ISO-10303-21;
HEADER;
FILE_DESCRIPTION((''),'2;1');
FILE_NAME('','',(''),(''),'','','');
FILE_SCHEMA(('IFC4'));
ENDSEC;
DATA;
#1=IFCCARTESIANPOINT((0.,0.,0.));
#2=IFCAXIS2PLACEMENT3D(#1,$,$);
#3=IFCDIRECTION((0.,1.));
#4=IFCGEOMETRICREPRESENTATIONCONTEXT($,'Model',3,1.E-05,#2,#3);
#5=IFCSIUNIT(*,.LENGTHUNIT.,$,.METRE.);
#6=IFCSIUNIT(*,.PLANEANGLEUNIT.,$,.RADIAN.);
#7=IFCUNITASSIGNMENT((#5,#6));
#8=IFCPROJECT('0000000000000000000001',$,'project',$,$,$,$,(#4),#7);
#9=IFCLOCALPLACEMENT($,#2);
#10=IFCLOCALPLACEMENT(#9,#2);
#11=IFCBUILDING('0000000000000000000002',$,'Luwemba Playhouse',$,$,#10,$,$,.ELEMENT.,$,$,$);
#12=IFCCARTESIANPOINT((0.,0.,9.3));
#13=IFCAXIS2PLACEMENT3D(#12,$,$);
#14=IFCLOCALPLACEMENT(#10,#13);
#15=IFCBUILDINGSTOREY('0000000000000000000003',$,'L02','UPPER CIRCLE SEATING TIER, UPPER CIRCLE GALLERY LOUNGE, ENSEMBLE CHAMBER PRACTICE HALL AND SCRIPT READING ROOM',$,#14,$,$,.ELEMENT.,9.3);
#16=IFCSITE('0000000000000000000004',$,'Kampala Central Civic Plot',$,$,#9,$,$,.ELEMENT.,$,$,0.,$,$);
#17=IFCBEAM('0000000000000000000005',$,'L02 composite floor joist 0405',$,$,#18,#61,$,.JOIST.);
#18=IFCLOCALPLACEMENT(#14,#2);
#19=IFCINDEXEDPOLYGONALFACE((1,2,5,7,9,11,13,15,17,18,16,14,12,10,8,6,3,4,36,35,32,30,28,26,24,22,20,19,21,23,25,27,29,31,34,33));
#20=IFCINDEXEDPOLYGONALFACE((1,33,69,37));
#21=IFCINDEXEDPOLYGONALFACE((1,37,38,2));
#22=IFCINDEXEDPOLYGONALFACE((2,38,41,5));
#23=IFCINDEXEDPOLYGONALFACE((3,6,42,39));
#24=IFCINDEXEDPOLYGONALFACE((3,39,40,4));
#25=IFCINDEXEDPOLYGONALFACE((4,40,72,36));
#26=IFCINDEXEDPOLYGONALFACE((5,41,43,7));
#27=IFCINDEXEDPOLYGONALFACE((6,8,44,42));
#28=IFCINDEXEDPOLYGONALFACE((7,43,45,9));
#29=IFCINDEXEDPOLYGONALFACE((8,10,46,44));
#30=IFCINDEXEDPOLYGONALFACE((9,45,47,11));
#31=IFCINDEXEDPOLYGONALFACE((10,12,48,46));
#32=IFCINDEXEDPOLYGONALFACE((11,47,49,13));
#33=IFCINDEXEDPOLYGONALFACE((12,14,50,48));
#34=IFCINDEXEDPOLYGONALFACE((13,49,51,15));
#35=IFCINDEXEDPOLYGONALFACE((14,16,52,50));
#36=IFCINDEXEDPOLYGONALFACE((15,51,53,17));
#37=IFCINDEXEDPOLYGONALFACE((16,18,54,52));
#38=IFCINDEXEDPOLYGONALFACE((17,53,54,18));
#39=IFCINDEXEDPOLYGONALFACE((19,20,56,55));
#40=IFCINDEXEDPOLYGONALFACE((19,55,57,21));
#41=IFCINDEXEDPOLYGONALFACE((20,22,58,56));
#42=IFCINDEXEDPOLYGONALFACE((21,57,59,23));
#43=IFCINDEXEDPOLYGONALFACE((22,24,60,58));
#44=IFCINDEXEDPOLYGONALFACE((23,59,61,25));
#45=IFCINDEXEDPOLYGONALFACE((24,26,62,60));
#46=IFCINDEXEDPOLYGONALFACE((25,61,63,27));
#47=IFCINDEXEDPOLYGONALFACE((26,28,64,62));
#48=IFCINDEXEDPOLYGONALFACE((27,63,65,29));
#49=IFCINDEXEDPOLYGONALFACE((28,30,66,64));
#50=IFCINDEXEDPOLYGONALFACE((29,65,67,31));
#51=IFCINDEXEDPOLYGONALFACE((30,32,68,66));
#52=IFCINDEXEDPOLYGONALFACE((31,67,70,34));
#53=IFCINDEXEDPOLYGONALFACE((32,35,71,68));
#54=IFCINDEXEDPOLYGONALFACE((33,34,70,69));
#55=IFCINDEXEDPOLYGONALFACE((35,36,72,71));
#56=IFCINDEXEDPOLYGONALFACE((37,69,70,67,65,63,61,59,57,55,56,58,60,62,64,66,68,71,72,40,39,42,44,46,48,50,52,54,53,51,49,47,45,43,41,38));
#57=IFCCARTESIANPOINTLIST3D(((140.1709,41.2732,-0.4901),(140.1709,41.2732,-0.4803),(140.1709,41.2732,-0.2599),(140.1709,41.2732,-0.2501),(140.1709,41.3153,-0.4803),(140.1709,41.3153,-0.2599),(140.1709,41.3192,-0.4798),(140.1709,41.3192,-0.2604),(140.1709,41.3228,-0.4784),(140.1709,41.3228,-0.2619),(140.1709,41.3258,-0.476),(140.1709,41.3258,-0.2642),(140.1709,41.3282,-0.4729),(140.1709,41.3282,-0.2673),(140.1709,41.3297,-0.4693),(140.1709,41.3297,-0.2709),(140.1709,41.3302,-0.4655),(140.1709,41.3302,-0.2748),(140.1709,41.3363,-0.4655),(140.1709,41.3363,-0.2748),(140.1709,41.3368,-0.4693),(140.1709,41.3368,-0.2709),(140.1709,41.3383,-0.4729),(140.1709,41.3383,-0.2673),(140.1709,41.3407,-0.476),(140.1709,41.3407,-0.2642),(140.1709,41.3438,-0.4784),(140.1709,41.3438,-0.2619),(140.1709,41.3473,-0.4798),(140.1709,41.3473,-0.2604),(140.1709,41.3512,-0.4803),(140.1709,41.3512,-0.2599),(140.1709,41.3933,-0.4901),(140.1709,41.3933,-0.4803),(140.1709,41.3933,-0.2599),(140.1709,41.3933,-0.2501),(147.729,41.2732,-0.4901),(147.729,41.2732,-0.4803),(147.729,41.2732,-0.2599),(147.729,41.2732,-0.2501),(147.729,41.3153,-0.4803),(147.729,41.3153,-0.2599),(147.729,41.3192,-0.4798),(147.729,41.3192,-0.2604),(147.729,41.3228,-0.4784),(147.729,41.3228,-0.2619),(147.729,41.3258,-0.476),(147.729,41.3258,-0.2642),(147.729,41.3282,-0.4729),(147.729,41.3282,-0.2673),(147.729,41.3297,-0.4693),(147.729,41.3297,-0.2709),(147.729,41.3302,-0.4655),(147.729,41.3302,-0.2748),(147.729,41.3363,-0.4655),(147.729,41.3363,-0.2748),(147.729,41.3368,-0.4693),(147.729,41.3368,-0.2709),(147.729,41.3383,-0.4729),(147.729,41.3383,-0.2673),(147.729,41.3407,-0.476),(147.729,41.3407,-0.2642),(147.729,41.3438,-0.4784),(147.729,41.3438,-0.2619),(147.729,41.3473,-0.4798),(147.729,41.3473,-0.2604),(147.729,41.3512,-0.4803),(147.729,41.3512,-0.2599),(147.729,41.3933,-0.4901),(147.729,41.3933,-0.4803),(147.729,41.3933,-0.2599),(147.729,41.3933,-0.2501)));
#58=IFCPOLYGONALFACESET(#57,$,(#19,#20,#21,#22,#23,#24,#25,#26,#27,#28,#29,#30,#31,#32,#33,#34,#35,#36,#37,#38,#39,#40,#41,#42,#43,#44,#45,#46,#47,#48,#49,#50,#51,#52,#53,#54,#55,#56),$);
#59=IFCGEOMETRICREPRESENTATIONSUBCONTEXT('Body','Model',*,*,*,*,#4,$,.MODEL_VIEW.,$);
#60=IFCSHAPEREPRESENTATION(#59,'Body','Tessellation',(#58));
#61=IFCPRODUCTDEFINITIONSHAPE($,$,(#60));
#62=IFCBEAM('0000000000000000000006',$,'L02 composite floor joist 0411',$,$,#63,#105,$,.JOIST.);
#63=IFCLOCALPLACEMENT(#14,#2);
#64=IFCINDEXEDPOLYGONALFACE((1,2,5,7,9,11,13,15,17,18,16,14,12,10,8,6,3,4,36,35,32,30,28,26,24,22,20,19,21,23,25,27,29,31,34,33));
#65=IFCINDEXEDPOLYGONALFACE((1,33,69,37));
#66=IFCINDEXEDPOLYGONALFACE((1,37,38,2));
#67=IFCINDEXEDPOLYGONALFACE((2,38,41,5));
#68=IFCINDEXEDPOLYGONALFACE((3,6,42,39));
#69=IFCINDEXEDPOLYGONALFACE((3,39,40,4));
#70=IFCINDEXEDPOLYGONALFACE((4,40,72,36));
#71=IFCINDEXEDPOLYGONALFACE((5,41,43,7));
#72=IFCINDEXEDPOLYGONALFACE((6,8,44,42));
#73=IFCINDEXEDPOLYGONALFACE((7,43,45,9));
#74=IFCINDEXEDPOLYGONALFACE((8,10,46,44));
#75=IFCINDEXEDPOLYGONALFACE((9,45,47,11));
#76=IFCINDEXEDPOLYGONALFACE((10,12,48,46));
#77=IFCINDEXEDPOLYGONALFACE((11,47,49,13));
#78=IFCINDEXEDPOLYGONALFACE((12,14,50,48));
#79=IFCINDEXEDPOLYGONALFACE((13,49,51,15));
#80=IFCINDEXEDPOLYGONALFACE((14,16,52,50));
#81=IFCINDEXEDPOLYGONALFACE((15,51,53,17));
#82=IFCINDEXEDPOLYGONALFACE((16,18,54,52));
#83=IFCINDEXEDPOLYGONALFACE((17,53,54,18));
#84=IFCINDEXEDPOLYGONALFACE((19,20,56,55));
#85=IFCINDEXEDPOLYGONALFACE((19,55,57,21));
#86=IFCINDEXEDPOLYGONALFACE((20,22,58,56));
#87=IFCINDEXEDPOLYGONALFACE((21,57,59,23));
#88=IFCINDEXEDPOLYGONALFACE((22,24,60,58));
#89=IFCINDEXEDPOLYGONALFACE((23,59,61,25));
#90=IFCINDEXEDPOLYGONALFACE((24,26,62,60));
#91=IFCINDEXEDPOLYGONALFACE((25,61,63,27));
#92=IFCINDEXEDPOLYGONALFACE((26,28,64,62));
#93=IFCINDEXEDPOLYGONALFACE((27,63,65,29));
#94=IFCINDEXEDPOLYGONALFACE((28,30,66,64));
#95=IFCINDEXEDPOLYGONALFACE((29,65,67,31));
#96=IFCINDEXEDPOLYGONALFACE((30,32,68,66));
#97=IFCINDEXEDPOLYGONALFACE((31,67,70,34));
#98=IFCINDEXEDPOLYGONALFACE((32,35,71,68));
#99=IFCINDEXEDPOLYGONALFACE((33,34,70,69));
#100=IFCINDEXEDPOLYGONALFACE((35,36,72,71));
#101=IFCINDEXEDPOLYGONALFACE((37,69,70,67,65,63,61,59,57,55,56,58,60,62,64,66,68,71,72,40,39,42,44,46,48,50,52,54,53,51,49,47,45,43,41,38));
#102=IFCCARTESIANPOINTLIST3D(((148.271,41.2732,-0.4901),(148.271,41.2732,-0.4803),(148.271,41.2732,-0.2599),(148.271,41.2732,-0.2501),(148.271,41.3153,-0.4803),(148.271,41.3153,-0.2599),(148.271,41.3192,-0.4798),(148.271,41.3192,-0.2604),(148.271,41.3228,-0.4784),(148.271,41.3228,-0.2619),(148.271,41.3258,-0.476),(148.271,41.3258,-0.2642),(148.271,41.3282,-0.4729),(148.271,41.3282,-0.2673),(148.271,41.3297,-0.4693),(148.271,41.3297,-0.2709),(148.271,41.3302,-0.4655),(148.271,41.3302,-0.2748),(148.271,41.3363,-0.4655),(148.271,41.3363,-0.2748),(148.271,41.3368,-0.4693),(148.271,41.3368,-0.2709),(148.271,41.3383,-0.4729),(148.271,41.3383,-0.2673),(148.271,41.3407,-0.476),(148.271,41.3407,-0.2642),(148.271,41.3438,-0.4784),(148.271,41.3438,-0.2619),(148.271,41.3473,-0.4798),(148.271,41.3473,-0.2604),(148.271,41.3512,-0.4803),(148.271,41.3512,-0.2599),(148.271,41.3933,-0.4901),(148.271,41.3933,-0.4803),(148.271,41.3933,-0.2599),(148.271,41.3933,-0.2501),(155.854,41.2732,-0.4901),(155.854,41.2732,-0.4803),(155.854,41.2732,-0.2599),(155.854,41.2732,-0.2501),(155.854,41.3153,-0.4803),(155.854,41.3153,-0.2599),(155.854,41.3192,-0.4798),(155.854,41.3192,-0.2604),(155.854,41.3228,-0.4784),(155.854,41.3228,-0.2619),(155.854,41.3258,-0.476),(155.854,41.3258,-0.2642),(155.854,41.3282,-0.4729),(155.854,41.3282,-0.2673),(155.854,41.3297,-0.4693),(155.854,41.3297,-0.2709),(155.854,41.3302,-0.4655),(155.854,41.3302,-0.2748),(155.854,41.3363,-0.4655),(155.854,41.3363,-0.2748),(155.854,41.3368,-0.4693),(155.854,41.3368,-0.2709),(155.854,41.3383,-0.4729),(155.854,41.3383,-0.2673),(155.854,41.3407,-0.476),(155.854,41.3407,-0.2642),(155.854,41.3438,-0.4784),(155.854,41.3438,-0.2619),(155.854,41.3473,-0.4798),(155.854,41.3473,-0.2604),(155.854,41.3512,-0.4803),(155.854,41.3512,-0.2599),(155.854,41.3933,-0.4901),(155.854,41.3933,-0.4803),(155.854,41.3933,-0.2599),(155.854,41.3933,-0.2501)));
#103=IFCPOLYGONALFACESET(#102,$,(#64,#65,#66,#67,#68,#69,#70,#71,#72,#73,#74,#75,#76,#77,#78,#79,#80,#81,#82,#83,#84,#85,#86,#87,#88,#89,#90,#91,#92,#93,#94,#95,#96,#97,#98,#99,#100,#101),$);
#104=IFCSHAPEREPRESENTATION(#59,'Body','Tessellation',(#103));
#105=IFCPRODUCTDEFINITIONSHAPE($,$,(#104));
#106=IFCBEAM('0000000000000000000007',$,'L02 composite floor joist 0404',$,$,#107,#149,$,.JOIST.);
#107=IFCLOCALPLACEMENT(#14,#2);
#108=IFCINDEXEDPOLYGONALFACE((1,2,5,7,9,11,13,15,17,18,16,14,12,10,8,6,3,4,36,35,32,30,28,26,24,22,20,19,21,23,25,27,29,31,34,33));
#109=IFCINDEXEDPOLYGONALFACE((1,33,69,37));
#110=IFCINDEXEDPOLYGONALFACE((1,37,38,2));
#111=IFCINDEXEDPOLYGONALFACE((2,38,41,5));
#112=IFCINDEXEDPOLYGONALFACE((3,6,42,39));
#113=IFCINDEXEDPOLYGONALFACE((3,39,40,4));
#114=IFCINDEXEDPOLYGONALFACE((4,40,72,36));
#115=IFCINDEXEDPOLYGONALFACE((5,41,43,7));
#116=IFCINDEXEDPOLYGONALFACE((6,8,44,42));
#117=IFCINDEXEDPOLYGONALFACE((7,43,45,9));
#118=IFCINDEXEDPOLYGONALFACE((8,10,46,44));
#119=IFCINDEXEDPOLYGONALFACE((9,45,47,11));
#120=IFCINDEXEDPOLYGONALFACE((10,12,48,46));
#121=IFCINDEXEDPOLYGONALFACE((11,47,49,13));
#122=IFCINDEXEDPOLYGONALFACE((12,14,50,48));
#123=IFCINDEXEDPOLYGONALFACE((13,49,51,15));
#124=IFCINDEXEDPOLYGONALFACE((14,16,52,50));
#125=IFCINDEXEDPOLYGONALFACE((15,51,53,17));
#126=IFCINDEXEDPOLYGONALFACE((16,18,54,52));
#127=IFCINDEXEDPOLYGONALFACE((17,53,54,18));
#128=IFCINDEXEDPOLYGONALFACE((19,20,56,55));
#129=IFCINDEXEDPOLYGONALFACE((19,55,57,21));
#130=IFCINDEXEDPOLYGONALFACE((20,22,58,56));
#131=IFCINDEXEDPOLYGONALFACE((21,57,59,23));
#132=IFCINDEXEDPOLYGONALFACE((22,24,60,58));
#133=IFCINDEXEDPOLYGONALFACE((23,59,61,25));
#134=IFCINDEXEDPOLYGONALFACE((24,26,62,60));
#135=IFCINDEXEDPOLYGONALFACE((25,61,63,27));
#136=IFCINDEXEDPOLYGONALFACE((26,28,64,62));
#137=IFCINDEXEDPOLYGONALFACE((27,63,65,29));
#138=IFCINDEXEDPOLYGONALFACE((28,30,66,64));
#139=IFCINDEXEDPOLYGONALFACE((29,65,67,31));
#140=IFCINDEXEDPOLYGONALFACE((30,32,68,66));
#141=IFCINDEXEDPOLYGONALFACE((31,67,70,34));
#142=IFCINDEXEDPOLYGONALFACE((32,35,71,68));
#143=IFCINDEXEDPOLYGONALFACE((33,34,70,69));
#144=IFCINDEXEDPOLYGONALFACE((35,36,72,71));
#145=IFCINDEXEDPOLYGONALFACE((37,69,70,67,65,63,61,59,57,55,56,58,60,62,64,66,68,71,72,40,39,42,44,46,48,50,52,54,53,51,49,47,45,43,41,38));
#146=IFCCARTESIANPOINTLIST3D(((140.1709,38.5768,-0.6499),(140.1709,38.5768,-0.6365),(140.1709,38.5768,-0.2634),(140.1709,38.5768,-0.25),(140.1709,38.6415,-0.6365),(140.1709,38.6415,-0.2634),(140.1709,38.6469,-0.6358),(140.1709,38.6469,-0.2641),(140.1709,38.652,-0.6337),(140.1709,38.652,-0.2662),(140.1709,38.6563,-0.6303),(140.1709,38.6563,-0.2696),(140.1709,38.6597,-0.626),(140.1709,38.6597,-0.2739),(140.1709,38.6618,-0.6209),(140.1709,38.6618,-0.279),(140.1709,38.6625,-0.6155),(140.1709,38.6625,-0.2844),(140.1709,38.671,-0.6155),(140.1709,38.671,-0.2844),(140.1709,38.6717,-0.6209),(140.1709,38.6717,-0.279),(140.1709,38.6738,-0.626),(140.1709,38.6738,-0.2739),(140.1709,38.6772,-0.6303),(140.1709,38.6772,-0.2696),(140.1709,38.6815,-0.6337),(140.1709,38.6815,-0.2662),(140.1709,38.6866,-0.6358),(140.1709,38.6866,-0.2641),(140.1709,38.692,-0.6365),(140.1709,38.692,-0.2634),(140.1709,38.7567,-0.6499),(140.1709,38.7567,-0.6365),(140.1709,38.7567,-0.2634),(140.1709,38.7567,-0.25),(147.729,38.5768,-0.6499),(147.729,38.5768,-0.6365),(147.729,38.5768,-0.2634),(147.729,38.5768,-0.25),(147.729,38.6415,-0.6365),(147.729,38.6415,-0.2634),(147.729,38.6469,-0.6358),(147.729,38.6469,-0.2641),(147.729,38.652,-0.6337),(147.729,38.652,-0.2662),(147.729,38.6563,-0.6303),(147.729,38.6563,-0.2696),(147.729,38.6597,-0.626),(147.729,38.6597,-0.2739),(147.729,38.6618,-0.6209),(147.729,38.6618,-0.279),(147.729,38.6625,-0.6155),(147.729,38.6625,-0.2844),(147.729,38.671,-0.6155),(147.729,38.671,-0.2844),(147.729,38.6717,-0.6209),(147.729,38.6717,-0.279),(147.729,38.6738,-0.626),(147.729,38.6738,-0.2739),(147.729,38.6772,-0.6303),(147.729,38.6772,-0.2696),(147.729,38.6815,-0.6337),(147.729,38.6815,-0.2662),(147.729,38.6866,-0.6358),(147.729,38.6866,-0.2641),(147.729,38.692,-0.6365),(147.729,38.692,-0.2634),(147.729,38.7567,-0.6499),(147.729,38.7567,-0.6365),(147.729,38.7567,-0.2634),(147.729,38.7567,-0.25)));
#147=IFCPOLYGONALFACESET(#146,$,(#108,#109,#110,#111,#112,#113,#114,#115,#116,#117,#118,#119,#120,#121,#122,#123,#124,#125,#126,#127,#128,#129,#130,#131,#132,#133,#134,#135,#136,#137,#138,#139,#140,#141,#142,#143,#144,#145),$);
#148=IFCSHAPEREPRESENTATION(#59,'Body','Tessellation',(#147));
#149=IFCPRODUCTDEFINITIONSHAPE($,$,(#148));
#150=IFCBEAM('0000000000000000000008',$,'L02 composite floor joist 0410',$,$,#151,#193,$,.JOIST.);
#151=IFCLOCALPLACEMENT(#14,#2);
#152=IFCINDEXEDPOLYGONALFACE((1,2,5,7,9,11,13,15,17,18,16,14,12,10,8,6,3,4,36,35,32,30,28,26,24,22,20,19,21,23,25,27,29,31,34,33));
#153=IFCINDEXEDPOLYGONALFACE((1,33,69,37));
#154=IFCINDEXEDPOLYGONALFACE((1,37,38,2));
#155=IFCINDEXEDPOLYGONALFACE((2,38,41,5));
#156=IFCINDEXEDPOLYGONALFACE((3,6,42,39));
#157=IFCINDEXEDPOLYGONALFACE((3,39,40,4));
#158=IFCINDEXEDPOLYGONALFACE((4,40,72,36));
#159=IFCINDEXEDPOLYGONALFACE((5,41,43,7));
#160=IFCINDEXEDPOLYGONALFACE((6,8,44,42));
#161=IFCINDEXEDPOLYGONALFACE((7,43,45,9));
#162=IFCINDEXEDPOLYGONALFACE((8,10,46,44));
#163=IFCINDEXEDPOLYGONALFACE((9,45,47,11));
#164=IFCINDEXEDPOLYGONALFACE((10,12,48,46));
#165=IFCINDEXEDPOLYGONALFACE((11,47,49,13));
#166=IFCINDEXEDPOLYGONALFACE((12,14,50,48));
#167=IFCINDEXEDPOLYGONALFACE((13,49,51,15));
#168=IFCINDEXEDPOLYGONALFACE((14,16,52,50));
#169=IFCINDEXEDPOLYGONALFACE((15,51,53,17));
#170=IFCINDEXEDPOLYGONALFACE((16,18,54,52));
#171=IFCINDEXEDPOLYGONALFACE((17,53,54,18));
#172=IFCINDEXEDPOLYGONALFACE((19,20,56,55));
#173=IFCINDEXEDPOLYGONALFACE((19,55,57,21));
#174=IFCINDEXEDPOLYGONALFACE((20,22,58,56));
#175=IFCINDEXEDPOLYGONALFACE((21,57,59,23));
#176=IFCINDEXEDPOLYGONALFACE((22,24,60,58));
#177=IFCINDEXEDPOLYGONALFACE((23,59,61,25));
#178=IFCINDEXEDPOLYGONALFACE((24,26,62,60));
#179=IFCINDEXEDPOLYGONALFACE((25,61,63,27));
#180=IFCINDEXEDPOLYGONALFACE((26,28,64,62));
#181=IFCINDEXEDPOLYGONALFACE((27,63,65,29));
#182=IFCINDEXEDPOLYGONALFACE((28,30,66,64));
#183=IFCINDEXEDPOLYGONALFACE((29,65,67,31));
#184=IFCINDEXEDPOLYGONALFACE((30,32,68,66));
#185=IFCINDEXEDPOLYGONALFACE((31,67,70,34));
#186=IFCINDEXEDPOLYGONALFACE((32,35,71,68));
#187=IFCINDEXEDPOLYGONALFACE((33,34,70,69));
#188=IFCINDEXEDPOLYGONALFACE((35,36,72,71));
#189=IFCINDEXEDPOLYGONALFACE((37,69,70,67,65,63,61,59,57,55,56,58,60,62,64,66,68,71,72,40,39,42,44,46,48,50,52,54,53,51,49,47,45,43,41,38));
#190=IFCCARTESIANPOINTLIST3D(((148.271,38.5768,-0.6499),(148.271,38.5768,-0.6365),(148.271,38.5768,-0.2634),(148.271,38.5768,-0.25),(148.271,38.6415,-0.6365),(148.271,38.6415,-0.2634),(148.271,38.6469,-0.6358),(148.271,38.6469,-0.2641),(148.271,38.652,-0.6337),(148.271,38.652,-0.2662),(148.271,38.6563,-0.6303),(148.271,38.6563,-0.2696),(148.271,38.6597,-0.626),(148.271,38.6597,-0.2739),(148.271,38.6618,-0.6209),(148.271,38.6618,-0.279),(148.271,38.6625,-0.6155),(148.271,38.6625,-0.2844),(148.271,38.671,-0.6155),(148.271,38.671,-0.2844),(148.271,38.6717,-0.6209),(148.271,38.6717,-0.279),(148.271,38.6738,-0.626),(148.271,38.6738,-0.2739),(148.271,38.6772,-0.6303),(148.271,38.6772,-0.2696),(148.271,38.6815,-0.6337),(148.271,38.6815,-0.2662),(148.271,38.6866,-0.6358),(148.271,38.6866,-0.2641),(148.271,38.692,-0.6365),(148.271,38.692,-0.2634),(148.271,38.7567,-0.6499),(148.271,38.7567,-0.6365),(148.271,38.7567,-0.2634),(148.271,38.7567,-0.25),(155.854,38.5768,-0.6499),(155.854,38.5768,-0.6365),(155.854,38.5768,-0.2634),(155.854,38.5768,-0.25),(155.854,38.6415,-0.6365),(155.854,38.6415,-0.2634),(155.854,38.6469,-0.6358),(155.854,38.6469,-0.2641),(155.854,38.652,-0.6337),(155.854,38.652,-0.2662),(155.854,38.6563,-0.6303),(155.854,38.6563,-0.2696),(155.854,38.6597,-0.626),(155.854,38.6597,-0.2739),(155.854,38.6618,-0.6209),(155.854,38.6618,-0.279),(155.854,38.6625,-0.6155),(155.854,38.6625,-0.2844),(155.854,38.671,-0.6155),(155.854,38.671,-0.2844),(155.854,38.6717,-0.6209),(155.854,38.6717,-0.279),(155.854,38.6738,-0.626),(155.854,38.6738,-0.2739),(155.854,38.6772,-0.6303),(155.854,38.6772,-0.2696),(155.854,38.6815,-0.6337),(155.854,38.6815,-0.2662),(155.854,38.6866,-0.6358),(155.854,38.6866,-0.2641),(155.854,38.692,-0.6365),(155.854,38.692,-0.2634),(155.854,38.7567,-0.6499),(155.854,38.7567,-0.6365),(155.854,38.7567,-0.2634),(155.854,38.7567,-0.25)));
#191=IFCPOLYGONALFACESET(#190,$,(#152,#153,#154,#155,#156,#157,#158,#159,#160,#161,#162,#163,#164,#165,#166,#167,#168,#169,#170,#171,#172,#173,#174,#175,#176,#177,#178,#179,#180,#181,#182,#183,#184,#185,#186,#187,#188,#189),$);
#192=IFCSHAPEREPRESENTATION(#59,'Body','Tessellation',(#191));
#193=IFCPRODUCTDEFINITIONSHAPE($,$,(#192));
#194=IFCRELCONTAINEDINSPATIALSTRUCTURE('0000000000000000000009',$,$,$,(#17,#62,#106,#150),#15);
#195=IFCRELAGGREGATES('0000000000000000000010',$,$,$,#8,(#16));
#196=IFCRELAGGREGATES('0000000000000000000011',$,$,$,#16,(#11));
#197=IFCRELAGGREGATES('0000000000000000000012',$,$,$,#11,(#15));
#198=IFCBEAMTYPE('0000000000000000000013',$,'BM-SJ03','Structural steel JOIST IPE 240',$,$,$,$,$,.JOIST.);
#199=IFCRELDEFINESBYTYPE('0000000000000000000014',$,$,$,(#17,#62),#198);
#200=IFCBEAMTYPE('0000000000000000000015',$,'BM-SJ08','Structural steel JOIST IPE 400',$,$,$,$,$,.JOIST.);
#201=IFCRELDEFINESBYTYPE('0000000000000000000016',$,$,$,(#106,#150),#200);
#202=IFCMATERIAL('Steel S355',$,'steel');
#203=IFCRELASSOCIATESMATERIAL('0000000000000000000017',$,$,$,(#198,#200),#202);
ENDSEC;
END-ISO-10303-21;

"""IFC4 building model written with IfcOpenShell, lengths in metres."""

from ifc_helpers import new_model, si_unit, direction, frame, origin, origin_2d, place, context, subcontext, project, spatial, i_section, extrude, material, material_profile, profile_set, type_object, element, save


model = new_model("IFC4")

# Units and contexts
model_context = context("Model", 3, precision=1e-05, world=origin(), true_north=direction((0.0, 1.0)))
body_context = subcontext(model_context, "Body", "Model", "MODEL_VIEW")
ifc_project = project(units=[si_unit("LENGTHUNIT", "METRE"), si_unit("PLANEANGLEUNIT", "RADIAN")], contexts=[model_context])

# Site, building, storey
site_placement = place(None, origin())
site = spatial("IfcSite", under=ifc_project, at=site_placement, Name="Kampala Central Civic Plot", CompositionType="ELEMENT", RefElevation=0.0)
building_placement = place(site_placement, origin())
building = spatial("IfcBuilding", under=site, at=building_placement, Name="Luwemba Playhouse", CompositionType="ELEMENT")
storey_placement = place(building_placement, frame((0.0, 0.0, 9.3)))
storey = spatial("IfcBuildingStorey", under=building, at=storey_placement, Name="L02", Description="UPPER CIRCLE SEATING TIER, UPPER CIRCLE GALLERY LOUNGE, ENSEMBLE CHAMBER PRACTICE HALL AND SCRIPT READING ROOM", CompositionType="ELEMENT", Elevation=9.3)

# Beams
ifc_material_1 = material(Name="Steel S355", Category="steel")
ifc_material_profile_1 = material_profile(ifc_material_1, i_section(OverallWidth=0.1201, OverallDepth=0.24, WebThickness=0.0061, FlangeThickness=0.0098, FilletRadius=0.0149, at=origin_2d()))
ifc_profile_set_1 = profile_set([ifc_material_profile_1], Name="Steel S355")
beam_type_1 = type_object("IfcBeamType", Name="BM-SJ03", Description="Structural steel JOIST IPE 240", PredefinedType="JOIST", material=ifc_profile_set_1)
beam_1_placement = place(storey_placement, frame((140.1709, 41.3333, -0.3701), z_axis=(1.0, 0.0, 0.0), x_axis=(0.0, 1.0, 0.0)))
element("IfcBeam", 1, at=beam_1_placement, inside=storey, type_object=beam_type_1, Name="L02 composite floor joist 0405", PredefinedType="JOIST", context=body_context, shape_type="SweptSolid", body=[
    extrude(i_section(OverallWidth=0.1201, OverallDepth=0.24, WebThickness=0.0061, FlangeThickness=0.0098, FilletRadius=0.0149, at=origin_2d()), origin(), (0.0, 0.0, 1.0), 7.5581),
])
beam_2_placement = place(storey_placement, frame((148.271, 41.3333, -0.3701), z_axis=(1.0, 0.0, 0.0), x_axis=(0.0, 1.0, 0.0)))
element("IfcBeam", 2, at=beam_2_placement, inside=storey, type_object=beam_type_1, Name="L02 composite floor joist 0411", PredefinedType="JOIST", context=body_context, shape_type="SweptSolid", body=[
    extrude(i_section(OverallWidth=0.1201, OverallDepth=0.24, WebThickness=0.0061, FlangeThickness=0.0098, FilletRadius=0.0149, at=origin_2d()), origin(), (0.0, 0.0, 1.0), 7.583),
])
ifc_material_profile_2 = material_profile(ifc_material_1, i_section(OverallWidth=0.1799, OverallDepth=0.3999, WebThickness=0.0085, FlangeThickness=0.0134, FilletRadius=0.021, at=origin_2d()))
ifc_profile_set_2 = profile_set([ifc_material_profile_2], Name="Steel S355")
beam_type_2 = type_object("IfcBeamType", Name="BM-SJ08", Description="Structural steel JOIST IPE 400", PredefinedType="JOIST", material=ifc_profile_set_2)
beam_3_placement = place(storey_placement, frame((140.1709, 38.6667, -0.45), z_axis=(1.0, 0.0, 0.0), x_axis=(0.0, 1.0, 0.0)))
element("IfcBeam", 3, at=beam_3_placement, inside=storey, type_object=beam_type_2, Name="L02 composite floor joist 0404", PredefinedType="JOIST", context=body_context, shape_type="SweptSolid", body=[
    extrude(i_section(OverallWidth=0.1799, OverallDepth=0.3999, WebThickness=0.0085, FlangeThickness=0.0134, FilletRadius=0.021, at=origin_2d()), origin(), (0.0, 0.0, 1.0), 7.5581),
])
beam_4_placement = place(storey_placement, frame((148.271, 38.6667, -0.45), z_axis=(1.0, 0.0, 0.0), x_axis=(0.0, 1.0, 0.0)))
element("IfcBeam", 4, at=beam_4_placement, inside=storey, type_object=beam_type_2, Name="L02 composite floor joist 0410", PredefinedType="JOIST", context=body_context, shape_type="SweptSolid", body=[
    extrude(i_section(OverallWidth=0.1799, OverallDepth=0.3999, WebThickness=0.0085, FlangeThickness=0.0134, FilletRadius=0.021, at=origin_2d()), origin(), (0.0, 0.0, 1.0), 7.583),
])

save(model, "model.ifc")
